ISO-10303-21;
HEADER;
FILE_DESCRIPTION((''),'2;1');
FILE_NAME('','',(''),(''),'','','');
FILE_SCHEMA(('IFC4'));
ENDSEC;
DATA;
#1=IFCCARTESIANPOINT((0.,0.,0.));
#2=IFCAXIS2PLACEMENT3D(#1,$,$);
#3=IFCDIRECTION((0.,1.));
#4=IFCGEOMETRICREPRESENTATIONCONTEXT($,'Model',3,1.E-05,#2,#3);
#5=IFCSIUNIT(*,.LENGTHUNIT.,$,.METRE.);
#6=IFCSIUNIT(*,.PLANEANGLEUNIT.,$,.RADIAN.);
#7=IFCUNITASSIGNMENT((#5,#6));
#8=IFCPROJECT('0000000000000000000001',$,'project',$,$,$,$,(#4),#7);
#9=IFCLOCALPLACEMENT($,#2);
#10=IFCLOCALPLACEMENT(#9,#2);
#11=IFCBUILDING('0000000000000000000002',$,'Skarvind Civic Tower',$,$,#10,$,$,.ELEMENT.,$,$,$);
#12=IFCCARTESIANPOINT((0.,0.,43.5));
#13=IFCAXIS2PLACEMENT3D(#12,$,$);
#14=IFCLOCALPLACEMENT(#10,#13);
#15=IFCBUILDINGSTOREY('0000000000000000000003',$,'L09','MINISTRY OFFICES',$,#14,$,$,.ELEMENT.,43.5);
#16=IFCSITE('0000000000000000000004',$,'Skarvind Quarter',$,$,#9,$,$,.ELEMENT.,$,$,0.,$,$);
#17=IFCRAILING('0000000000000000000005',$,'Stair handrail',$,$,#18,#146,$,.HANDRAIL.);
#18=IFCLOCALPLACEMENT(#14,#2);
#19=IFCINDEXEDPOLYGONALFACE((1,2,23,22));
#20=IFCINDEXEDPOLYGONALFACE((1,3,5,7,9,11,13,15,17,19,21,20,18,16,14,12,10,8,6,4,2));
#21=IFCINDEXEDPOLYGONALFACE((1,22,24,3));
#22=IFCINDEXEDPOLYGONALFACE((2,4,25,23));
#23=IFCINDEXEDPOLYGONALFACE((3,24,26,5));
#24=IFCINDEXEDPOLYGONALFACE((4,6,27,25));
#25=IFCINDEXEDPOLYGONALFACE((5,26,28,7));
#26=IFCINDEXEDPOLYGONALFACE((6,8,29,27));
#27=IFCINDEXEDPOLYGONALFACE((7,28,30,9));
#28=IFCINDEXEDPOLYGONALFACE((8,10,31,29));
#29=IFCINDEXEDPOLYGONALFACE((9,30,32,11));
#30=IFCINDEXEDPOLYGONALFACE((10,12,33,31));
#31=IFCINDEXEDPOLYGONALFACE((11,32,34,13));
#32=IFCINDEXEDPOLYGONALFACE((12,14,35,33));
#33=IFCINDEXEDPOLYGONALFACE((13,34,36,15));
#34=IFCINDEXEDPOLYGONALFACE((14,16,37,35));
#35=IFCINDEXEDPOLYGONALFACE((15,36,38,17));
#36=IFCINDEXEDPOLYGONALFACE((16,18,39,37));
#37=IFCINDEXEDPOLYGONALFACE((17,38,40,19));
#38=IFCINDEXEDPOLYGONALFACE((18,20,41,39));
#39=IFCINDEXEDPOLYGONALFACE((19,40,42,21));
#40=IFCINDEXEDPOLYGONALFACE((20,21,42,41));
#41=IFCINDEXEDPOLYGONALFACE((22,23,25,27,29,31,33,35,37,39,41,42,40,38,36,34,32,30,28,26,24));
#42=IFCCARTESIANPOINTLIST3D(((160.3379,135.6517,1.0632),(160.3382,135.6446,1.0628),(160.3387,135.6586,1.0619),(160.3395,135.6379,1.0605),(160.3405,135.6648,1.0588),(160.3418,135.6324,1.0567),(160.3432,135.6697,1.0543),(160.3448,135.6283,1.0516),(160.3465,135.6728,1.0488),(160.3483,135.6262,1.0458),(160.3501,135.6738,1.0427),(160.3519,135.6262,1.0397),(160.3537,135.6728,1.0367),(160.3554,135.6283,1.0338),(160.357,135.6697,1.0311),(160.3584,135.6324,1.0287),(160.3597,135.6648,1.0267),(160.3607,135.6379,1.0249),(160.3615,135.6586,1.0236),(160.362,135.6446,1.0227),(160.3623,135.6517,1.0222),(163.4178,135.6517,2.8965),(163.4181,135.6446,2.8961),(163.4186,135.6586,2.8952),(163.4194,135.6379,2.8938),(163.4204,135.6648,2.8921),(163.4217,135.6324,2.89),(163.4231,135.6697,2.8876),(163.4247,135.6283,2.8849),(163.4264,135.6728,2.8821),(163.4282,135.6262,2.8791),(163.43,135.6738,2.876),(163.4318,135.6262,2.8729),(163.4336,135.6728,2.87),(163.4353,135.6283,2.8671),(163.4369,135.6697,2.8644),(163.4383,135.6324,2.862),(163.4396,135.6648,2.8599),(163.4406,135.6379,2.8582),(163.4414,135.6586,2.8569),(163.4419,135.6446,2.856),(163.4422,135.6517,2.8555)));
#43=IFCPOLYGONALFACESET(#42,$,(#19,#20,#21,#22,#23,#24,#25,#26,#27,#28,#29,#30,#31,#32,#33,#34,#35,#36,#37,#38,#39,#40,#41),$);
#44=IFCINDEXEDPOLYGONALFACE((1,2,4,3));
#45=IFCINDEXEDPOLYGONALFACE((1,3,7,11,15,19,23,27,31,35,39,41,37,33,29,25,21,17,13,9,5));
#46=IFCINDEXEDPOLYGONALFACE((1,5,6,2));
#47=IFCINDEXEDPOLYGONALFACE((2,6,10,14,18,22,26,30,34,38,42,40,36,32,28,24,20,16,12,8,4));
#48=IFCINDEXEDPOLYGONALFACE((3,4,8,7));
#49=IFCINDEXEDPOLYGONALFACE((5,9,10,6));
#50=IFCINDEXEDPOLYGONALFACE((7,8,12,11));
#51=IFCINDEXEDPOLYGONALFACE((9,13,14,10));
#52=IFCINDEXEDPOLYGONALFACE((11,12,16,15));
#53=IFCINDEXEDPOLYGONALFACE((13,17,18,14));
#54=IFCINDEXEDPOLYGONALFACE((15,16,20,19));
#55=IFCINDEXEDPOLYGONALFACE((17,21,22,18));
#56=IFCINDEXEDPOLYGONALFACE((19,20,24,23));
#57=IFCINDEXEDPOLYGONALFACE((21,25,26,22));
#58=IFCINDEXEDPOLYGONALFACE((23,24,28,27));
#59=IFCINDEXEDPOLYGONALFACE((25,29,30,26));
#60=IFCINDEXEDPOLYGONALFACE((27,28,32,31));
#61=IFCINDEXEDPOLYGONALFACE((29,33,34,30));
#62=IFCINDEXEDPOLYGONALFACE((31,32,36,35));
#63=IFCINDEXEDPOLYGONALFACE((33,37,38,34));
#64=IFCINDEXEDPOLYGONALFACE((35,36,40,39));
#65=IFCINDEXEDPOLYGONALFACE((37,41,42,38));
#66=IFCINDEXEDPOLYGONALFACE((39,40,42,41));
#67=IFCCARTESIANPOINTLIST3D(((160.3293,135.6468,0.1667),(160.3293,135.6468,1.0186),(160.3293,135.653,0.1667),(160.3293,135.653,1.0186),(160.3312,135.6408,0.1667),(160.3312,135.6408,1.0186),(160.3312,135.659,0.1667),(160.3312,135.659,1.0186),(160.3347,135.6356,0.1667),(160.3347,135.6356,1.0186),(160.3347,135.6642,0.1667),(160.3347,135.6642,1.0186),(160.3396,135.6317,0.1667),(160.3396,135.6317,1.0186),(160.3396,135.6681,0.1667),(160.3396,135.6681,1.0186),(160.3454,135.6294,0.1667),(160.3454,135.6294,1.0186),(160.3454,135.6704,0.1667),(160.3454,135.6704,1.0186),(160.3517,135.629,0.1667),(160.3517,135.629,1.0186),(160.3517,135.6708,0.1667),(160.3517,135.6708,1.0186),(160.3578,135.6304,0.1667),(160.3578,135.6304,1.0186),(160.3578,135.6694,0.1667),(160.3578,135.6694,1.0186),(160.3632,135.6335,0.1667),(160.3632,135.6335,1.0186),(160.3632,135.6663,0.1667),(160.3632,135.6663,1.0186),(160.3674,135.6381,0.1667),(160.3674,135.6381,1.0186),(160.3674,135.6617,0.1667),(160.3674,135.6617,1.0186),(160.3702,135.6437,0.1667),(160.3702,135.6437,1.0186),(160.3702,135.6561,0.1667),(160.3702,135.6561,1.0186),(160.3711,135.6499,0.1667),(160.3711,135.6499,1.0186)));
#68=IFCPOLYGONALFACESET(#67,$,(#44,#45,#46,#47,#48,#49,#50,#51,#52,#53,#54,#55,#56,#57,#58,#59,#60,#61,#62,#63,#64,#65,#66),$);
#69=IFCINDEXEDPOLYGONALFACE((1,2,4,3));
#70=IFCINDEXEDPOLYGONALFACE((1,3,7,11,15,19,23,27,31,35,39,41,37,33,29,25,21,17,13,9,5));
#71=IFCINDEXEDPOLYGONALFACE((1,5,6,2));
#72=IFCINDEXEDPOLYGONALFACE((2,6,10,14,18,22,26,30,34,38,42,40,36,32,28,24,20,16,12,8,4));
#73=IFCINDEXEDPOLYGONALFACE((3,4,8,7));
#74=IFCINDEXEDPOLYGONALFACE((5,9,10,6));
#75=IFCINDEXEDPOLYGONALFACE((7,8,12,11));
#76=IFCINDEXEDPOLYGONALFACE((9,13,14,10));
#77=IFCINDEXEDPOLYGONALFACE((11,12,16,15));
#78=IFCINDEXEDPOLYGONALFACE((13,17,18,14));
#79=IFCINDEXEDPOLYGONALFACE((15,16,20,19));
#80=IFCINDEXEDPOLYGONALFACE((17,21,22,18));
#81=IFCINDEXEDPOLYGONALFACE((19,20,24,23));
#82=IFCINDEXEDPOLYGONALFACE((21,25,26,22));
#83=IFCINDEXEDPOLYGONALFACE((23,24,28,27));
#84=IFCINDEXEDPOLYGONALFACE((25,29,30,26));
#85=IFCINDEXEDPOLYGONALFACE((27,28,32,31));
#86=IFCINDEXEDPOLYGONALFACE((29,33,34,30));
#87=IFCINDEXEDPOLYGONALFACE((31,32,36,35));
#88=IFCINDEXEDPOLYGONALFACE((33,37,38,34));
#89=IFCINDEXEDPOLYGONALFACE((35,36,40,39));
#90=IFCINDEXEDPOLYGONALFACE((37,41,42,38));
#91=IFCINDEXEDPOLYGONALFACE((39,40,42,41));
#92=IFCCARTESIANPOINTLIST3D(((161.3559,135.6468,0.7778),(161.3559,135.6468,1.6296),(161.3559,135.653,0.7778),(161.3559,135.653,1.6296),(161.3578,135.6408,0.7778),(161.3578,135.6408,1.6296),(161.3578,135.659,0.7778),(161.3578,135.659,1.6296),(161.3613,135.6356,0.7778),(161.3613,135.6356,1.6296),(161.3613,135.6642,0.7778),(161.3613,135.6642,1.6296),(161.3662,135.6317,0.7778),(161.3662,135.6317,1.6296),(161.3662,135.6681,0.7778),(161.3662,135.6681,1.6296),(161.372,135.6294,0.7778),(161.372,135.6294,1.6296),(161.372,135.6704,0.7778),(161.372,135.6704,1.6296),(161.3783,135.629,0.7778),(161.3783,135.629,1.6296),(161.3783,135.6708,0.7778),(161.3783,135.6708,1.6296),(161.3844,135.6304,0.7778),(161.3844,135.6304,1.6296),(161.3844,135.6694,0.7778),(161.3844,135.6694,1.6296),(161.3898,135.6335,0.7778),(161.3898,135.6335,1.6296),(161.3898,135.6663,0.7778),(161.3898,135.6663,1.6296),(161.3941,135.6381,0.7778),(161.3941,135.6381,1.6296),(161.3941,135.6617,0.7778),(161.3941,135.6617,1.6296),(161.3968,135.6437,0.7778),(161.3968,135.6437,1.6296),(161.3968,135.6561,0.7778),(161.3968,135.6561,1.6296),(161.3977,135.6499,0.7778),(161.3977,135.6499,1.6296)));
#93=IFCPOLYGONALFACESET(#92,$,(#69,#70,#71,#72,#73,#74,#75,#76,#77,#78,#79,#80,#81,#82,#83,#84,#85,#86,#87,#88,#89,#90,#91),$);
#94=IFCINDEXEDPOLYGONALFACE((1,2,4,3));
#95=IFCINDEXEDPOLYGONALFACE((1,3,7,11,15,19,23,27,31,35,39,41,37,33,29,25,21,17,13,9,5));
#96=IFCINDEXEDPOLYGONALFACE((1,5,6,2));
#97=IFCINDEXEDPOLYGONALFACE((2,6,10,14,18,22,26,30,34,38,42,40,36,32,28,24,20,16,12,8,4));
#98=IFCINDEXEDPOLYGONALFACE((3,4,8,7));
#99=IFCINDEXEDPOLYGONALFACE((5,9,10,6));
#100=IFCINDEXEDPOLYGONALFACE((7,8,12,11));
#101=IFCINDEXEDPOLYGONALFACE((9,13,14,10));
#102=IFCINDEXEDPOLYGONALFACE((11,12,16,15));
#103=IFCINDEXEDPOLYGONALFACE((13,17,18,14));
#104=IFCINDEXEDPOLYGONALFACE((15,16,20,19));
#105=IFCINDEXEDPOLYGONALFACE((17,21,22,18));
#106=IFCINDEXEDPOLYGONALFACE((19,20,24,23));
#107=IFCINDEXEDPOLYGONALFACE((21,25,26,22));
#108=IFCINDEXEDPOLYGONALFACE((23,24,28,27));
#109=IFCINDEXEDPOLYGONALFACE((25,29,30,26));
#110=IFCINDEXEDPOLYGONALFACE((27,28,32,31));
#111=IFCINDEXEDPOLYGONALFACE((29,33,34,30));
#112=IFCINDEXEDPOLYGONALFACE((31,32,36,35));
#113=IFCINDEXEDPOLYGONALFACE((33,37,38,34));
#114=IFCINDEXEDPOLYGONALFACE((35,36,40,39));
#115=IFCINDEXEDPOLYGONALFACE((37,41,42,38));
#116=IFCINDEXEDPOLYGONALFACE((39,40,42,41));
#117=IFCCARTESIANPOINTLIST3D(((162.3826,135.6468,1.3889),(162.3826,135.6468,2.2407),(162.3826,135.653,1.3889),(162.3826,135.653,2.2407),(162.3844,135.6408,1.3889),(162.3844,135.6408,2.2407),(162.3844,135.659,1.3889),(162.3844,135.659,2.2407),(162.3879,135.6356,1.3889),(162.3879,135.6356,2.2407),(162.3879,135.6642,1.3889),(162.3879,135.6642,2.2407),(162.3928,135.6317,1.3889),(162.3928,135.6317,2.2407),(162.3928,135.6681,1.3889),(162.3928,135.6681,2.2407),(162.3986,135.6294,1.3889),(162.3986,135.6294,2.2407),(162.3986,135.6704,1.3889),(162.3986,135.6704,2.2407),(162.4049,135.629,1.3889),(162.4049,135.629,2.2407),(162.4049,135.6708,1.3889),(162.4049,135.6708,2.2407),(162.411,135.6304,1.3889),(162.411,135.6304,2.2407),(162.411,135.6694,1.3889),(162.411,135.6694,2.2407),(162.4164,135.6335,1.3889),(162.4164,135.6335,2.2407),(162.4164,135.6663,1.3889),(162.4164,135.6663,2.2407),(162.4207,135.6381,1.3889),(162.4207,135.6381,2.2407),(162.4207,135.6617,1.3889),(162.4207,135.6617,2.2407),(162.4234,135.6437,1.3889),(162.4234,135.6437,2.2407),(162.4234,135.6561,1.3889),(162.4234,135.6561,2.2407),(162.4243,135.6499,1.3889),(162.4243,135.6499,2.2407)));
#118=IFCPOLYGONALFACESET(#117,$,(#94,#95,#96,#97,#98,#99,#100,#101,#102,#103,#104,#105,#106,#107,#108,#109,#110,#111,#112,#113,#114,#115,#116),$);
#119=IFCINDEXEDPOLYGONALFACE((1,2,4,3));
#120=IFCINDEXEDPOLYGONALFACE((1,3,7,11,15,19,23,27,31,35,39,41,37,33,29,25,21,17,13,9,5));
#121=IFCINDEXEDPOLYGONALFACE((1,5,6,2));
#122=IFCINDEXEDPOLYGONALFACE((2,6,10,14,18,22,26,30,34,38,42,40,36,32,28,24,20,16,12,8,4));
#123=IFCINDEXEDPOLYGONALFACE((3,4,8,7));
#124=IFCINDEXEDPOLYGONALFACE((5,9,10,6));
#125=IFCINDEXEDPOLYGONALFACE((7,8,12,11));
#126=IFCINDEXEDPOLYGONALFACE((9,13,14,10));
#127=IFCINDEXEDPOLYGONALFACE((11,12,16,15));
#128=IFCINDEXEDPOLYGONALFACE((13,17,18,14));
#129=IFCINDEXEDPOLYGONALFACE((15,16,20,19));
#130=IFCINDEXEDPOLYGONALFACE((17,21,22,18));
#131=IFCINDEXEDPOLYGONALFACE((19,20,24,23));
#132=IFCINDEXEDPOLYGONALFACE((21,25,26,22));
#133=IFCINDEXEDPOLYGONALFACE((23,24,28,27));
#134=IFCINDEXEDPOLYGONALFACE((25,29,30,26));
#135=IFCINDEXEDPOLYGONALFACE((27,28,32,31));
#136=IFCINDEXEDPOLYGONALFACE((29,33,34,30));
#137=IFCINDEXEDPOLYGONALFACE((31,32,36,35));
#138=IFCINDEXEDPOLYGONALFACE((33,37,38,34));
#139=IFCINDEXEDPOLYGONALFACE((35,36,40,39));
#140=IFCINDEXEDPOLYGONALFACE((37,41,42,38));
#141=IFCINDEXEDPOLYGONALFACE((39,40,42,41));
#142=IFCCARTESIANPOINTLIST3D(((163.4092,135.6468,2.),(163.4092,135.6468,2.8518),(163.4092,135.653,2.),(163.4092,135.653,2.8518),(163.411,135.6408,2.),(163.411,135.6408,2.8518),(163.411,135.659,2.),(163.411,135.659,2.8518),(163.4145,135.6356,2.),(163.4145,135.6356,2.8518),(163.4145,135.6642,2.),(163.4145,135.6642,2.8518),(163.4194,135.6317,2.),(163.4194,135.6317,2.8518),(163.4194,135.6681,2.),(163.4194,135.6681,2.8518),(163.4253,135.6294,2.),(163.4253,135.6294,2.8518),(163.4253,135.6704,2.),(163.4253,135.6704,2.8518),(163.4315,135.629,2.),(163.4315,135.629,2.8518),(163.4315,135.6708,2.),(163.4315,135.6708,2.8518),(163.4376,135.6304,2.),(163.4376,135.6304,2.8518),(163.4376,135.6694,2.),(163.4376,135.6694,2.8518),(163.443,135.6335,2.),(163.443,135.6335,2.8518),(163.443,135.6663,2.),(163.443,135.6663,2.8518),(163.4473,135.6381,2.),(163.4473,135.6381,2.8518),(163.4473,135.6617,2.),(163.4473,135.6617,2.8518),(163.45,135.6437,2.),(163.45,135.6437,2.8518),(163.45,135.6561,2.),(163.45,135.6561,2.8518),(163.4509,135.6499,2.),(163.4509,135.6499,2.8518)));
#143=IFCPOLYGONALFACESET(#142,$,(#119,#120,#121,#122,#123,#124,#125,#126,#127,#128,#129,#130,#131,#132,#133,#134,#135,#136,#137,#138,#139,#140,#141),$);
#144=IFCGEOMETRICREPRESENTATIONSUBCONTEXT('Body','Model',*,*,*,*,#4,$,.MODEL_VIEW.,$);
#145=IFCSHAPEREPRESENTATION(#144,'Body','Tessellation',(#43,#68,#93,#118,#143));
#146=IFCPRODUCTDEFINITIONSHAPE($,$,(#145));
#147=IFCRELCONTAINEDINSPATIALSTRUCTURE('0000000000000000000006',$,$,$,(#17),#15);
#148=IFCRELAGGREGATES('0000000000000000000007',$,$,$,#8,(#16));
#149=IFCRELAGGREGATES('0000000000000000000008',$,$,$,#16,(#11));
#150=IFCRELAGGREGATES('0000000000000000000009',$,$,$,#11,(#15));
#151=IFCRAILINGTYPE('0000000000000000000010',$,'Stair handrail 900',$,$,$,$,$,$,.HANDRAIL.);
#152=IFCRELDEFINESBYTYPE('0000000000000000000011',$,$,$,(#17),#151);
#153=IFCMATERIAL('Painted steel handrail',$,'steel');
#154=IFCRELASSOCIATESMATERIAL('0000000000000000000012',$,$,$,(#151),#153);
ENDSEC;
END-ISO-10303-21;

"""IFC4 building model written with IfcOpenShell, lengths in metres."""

from ifc_helpers import new_model, si_unit, direction, frame, origin, origin_2d, place, context, subcontext, project, spatial, circle, extrude, material, type_object, element, save


model = new_model("IFC4")

# Units and contexts
model_context = context("Model", 3, precision=1e-05, world=origin(), true_north=direction((0.0, 1.0)))
body_context = subcontext(model_context, "Body", "Model", "MODEL_VIEW")
ifc_project = project(units=[si_unit("LENGTHUNIT", "METRE"), si_unit("PLANEANGLEUNIT", "RADIAN")], contexts=[model_context])

# Site, building, storey
site_placement = place(None, origin())
site = spatial("IfcSite", under=ifc_project, at=site_placement, Name="Skarvind Quarter", CompositionType="ELEMENT", RefElevation=0.0)
building_placement = place(site_placement, origin())
building = spatial("IfcBuilding", under=site, at=building_placement, Name="Skarvind Civic Tower", CompositionType="ELEMENT")
storey_placement = place(building_placement, frame((0.0, 0.0, 43.5)))
storey = spatial("IfcBuildingStorey", under=building, at=storey_placement, Name="L09", Description="MINISTRY OFFICES", CompositionType="ELEMENT", Elevation=43.5)

# Railing
ifc_material_1 = material(Name="Painted steel handrail", Category="steel")
railing_type = type_object("IfcRailingType", Name="Stair handrail 900", PredefinedType="HANDRAIL", material=ifc_material_1)
railing_1_placement = place(storey_placement, frame((160.3501, 135.6499, 0.1667)))
element("IfcRailing", 1, at=railing_1_placement, inside=storey, type_object=railing_type, Name="Stair handrail", PredefinedType="HANDRAIL", context=body_context, shape_type="SweptSolid", body=[
    extrude(circle(Radius=0.0239, at=origin_2d()), frame((0.0, 0.0, 0.876), z_axis=(0.859291, 0.0, 0.511487), x_axis=(0.0, 1.0, 0.0)), (0.0, 0.0, 1.0), 3.5842),
    extrude(circle(Radius=0.021, at=origin_2d()), origin(), (0.0, 0.0, 1.0), 0.8518),
    extrude(circle(Radius=0.021, at=origin_2d()), frame((1.0266, 0.0, 0.6111)), (0.0, 0.0, 1.0), 0.8518),
    extrude(circle(Radius=0.021, at=origin_2d()), frame((2.0532, 0.0, 1.2222)), (0.0, 0.0, 1.0), 0.8518),
    extrude(circle(Radius=0.021, at=origin_2d()), frame((3.0798, 0.0, 1.8333)), (0.0, 0.0, 1.0), 0.8518),
])

save(model, "model.ifc")
